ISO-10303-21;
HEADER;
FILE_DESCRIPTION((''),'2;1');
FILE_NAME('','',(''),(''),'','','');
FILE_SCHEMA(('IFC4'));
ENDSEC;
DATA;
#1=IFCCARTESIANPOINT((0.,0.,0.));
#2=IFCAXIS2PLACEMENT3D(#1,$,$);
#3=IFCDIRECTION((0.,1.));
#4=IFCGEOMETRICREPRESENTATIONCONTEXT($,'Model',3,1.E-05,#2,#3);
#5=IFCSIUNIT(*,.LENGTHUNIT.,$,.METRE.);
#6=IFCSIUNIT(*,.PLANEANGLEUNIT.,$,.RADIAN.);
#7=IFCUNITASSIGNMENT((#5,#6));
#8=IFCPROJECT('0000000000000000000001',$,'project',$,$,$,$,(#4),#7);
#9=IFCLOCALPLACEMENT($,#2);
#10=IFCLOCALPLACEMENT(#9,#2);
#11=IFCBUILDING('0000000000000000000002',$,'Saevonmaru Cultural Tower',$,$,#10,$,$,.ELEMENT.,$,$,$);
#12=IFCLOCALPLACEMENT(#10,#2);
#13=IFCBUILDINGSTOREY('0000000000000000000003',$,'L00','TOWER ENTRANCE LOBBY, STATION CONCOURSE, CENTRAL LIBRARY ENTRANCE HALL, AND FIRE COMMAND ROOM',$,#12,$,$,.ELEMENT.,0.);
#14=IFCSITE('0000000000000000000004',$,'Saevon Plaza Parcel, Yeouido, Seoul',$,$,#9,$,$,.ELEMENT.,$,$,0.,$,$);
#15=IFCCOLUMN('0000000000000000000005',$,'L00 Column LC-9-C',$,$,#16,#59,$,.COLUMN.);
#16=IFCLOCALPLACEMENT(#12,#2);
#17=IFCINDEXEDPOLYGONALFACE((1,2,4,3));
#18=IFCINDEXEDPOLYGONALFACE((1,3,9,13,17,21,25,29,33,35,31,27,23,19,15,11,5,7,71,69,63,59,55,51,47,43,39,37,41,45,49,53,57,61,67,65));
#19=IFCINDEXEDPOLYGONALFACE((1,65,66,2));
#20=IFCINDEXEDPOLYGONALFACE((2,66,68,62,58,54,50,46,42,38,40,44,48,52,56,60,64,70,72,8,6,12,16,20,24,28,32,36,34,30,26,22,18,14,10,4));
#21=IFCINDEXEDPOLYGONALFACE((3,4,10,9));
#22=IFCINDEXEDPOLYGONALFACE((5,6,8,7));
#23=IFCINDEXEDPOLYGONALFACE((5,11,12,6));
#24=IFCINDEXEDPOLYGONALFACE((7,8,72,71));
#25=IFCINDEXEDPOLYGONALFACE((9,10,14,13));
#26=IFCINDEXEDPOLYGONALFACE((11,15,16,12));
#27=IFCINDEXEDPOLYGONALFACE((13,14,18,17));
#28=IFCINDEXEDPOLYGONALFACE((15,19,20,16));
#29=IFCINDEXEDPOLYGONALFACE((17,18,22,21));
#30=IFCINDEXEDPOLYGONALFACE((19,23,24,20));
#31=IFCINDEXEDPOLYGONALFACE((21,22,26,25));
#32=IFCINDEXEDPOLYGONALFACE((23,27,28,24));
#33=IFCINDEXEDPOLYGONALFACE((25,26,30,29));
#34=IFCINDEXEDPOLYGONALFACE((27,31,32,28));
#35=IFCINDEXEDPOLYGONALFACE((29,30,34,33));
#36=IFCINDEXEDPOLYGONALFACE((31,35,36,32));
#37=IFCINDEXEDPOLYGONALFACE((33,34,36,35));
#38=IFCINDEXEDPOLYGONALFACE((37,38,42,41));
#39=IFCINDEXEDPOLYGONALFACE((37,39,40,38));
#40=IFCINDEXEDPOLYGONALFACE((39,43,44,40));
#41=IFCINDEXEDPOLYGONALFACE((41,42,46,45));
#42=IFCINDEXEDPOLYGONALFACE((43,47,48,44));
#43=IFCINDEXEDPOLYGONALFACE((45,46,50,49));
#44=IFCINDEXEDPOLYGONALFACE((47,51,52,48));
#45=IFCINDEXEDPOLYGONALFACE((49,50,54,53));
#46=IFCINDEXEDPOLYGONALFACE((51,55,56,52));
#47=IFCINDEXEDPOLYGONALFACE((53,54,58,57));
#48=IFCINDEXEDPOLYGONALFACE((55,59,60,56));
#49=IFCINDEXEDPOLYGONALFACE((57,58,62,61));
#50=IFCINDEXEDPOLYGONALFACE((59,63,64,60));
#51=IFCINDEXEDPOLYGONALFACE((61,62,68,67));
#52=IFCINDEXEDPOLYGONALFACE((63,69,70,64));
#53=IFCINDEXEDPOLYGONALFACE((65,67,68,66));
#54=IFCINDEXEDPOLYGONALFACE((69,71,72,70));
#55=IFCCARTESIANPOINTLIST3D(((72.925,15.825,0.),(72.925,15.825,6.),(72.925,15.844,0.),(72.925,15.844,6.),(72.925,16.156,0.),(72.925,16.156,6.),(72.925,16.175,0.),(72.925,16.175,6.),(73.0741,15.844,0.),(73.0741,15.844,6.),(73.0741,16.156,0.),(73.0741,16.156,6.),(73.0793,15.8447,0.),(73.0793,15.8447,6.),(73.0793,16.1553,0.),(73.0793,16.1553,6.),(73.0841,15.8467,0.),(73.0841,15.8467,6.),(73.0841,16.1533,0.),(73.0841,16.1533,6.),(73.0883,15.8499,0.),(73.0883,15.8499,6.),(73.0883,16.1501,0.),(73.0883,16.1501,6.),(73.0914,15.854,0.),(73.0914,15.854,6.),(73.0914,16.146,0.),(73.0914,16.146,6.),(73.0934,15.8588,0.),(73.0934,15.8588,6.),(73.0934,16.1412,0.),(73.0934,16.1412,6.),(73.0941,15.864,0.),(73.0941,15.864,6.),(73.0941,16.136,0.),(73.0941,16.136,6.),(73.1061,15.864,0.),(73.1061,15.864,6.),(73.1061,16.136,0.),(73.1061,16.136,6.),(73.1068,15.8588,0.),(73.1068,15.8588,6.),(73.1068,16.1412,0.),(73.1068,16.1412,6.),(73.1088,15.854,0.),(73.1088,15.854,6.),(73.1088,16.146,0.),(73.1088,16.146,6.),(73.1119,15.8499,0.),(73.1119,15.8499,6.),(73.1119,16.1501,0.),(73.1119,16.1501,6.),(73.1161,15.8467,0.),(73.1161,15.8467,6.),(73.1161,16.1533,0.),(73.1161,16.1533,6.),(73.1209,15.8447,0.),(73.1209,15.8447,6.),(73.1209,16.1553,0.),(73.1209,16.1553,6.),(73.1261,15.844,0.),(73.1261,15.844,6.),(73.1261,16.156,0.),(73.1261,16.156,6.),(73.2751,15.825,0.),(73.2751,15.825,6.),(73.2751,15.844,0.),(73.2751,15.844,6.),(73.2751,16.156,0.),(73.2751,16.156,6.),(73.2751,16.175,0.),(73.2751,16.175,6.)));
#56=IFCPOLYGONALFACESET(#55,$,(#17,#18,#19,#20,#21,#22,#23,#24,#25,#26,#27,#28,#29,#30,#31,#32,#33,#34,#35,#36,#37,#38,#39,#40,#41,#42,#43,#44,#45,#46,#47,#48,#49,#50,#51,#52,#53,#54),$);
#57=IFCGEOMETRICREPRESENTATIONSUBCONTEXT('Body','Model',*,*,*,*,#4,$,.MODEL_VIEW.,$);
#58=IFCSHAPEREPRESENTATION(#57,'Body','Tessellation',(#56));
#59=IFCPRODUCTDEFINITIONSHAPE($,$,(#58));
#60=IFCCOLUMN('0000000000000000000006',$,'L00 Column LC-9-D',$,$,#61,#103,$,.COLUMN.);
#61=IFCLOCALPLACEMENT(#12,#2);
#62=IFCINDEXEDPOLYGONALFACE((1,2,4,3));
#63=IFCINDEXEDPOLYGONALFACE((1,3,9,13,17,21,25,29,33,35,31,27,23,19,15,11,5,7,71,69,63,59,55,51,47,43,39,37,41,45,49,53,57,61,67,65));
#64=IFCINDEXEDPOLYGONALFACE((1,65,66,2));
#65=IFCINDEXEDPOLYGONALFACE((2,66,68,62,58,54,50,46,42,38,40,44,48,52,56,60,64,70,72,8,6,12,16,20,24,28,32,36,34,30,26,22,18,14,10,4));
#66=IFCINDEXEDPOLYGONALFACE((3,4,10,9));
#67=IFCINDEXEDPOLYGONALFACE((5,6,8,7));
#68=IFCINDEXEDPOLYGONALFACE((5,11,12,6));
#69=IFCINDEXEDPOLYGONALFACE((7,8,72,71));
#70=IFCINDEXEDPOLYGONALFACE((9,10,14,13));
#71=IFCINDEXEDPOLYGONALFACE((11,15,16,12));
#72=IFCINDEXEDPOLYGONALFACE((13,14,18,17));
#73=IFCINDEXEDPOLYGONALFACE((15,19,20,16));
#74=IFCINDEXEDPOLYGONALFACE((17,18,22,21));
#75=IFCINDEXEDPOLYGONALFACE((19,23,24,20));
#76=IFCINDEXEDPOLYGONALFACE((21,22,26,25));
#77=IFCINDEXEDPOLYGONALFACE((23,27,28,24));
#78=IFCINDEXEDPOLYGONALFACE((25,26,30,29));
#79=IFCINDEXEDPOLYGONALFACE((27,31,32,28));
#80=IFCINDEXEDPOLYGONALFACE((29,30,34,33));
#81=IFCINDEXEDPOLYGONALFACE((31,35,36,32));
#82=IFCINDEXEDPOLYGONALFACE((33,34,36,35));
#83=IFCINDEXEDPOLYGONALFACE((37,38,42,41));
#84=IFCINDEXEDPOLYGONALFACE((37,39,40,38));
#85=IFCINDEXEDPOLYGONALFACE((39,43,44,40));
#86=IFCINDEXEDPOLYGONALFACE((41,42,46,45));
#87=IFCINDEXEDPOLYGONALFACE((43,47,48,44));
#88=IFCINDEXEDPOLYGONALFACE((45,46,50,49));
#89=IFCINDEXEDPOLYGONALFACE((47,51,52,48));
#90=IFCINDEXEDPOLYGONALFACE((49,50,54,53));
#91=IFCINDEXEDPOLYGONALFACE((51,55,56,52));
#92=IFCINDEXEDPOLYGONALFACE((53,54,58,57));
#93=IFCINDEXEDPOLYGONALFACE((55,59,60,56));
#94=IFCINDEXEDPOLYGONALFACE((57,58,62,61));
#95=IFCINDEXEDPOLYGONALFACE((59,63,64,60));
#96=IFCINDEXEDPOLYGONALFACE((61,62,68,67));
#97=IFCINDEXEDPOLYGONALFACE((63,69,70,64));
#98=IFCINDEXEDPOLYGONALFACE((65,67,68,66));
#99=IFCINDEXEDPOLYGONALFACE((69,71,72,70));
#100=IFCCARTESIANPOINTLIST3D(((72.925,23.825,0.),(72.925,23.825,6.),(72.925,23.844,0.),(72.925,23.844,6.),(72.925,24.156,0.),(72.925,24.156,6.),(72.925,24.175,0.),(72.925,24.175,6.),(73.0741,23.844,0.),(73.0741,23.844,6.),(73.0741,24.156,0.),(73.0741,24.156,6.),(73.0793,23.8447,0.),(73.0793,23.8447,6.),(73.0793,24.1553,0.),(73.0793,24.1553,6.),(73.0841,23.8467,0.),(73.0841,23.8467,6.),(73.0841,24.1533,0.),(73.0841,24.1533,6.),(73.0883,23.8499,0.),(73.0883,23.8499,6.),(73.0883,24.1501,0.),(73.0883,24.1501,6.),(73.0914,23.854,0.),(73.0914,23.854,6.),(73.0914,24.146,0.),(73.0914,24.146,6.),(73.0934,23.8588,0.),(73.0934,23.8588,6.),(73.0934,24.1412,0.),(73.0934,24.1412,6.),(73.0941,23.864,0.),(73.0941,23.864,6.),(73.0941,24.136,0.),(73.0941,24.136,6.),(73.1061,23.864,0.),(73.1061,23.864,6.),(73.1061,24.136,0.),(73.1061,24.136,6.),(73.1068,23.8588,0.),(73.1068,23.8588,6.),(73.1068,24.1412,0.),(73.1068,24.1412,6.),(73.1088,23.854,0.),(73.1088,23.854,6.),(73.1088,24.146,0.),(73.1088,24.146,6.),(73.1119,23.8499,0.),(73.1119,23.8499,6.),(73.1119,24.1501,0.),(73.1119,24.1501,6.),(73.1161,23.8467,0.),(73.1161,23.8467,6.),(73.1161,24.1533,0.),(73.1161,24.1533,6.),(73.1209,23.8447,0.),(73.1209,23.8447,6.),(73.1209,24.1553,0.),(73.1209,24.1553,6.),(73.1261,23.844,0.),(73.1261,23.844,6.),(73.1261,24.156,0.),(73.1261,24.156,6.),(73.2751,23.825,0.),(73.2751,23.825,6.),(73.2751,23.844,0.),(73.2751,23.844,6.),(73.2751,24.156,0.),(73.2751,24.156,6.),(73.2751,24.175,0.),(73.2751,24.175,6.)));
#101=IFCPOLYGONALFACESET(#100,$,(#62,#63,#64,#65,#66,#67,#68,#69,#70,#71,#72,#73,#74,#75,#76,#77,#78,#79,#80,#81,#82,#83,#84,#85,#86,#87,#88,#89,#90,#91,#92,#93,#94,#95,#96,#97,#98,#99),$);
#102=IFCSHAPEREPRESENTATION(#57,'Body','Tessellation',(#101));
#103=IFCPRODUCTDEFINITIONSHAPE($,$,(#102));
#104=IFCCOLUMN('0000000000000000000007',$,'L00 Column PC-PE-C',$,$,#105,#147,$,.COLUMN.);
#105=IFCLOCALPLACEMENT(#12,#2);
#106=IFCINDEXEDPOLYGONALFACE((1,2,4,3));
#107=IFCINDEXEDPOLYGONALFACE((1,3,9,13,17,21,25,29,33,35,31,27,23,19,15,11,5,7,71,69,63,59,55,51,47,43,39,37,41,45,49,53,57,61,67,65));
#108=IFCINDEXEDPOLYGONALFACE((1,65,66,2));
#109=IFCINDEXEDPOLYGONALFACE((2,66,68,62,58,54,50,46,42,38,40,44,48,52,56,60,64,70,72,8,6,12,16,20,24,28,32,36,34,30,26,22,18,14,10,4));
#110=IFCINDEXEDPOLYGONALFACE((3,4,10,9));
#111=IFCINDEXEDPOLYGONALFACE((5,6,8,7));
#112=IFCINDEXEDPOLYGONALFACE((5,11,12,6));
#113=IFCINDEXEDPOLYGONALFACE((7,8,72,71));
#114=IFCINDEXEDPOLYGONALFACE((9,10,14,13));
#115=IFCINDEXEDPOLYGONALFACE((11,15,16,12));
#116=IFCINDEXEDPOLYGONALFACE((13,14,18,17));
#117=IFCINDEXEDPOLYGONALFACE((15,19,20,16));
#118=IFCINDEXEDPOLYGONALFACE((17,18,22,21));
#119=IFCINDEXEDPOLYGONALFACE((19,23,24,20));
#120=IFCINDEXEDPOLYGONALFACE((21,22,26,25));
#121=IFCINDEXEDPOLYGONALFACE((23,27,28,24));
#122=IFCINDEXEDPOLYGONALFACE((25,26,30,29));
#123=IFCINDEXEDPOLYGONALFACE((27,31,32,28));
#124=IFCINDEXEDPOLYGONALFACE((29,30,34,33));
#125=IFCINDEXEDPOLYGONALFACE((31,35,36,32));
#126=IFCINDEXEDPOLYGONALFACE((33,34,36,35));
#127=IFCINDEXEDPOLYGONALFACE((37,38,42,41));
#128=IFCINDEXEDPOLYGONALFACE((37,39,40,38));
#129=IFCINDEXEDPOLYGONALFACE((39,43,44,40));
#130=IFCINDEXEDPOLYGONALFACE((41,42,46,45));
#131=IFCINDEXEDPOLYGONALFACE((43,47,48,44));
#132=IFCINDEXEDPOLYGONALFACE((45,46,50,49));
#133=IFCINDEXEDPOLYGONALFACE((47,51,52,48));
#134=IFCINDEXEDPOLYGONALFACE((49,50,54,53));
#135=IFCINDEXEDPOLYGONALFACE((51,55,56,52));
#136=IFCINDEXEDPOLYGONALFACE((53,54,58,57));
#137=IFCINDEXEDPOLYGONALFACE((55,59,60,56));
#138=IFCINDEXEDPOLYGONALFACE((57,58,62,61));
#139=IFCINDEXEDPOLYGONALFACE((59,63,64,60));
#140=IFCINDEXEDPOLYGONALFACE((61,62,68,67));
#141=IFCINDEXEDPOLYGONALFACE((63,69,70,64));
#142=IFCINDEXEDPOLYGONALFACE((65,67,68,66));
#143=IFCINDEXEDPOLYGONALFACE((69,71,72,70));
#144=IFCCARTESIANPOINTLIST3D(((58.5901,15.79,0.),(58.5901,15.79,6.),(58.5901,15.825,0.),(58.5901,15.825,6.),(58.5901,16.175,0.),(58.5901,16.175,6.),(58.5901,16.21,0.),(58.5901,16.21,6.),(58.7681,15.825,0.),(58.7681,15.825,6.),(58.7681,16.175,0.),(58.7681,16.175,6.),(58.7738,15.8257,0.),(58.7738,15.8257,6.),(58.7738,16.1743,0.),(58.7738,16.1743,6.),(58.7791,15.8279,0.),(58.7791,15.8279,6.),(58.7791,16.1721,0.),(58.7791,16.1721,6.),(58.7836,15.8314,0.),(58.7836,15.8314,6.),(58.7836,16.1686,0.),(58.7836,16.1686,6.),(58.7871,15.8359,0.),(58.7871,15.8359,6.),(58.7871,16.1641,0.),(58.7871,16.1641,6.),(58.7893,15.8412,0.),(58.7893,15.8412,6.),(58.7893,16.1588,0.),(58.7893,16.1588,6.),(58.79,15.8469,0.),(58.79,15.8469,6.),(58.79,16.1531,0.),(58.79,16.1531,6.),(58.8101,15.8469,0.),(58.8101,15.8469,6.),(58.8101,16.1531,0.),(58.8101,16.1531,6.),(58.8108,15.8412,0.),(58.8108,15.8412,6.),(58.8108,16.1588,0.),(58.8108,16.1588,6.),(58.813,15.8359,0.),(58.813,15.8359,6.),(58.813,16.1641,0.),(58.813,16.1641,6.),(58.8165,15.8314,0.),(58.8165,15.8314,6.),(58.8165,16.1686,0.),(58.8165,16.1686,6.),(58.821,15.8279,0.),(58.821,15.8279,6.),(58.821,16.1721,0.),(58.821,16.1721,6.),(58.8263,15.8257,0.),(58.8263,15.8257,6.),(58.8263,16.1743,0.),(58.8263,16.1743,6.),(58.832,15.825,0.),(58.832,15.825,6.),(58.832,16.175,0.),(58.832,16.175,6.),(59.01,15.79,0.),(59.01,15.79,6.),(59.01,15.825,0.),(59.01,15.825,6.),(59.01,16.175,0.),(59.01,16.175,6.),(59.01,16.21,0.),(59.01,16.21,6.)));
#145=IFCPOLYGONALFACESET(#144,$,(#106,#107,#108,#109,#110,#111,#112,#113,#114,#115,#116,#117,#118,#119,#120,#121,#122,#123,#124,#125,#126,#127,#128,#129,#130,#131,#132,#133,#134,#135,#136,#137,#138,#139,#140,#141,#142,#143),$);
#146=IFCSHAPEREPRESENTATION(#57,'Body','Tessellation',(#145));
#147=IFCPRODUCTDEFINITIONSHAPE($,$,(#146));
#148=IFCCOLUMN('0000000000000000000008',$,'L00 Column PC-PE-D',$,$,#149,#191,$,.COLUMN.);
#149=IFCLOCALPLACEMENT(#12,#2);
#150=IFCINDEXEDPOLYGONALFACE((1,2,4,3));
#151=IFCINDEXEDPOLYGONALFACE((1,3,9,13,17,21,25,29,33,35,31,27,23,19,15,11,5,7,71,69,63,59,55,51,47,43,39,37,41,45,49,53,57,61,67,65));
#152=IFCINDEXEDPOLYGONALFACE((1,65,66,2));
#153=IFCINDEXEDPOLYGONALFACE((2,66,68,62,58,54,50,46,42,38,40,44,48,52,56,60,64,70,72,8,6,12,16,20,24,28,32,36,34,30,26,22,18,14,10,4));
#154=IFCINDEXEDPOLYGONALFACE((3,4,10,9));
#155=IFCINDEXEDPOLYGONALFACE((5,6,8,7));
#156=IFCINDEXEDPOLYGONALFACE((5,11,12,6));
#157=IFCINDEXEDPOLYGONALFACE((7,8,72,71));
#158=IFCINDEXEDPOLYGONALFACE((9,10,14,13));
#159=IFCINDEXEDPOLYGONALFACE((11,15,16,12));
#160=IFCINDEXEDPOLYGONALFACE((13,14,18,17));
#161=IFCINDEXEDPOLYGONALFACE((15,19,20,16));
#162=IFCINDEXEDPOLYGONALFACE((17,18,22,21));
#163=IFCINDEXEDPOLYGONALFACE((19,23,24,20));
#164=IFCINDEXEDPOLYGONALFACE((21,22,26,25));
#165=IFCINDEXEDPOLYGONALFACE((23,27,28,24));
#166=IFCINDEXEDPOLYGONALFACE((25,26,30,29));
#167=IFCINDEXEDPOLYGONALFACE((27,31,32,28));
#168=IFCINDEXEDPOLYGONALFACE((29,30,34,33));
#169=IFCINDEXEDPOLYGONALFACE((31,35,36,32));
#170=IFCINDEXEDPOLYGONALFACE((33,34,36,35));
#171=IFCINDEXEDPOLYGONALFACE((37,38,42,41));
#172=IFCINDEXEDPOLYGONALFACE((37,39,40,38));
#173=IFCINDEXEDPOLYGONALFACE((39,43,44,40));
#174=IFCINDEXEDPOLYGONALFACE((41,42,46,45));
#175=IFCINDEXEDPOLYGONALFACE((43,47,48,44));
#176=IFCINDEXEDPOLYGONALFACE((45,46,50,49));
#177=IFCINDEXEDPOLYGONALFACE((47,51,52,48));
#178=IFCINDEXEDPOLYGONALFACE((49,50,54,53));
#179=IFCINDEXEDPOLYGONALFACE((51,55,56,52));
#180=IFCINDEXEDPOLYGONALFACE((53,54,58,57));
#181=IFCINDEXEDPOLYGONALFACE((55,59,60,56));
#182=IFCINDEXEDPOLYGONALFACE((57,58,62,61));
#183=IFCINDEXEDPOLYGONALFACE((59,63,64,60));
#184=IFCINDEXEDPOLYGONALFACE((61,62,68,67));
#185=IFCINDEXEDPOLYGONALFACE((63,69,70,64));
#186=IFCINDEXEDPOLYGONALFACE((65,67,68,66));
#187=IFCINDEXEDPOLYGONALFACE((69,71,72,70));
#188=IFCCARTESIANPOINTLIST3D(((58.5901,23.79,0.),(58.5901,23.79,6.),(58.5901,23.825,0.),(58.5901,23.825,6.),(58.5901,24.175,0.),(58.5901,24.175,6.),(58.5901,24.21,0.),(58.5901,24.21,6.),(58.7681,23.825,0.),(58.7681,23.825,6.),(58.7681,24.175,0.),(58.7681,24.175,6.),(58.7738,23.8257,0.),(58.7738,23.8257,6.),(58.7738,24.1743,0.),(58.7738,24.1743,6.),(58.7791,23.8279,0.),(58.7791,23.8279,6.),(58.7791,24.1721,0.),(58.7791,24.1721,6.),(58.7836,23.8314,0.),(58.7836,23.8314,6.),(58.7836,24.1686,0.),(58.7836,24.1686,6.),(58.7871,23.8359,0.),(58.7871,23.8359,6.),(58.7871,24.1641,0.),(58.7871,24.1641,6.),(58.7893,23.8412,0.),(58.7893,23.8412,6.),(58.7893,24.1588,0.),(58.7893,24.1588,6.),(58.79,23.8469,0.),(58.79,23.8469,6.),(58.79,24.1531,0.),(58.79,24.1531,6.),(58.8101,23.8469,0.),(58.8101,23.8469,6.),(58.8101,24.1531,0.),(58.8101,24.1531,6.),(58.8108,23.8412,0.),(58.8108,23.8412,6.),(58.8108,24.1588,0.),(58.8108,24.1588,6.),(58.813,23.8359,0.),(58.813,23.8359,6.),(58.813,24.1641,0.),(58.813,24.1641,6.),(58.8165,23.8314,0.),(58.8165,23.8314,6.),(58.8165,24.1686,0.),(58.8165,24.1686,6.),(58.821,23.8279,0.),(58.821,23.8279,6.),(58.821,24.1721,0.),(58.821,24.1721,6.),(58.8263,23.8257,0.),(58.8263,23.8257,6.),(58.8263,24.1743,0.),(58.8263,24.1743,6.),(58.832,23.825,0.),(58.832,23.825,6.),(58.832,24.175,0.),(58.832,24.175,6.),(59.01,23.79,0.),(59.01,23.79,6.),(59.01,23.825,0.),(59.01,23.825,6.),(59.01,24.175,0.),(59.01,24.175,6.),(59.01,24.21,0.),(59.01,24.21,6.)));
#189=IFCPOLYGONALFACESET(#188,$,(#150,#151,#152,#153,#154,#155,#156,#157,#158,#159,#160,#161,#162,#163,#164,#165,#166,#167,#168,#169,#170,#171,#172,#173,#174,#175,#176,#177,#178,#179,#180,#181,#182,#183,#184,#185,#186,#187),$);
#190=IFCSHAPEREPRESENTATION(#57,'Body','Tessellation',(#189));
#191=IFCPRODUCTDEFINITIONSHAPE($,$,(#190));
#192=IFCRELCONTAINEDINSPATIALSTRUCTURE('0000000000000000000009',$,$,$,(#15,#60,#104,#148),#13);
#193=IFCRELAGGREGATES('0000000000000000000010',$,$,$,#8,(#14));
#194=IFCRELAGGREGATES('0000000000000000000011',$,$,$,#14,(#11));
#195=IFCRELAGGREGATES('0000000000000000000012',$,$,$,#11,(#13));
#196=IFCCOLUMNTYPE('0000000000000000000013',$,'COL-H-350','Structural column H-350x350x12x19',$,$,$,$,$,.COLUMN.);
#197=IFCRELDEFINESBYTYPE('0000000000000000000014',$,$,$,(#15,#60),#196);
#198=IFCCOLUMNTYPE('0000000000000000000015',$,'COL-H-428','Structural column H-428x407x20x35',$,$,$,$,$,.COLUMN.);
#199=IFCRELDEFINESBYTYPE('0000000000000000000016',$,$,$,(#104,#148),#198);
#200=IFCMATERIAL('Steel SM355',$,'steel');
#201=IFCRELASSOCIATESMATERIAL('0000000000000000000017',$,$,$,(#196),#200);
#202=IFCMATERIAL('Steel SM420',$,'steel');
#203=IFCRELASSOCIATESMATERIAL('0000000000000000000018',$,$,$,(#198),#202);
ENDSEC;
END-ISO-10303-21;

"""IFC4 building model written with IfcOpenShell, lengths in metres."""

from ifc_helpers import new_model, si_unit, direction, frame, origin, origin_2d, place, context, subcontext, project, spatial, i_section, extrude, material, material_profile, profile_set, type_object, element, save


model = new_model("IFC4")

# Units and contexts
model_context = context("Model", 3, precision=1e-05, world=origin(), true_north=direction((0.0, 1.0)))
body_context = subcontext(model_context, "Body", "Model", "MODEL_VIEW")
ifc_project = project(units=[si_unit("LENGTHUNIT", "METRE"), si_unit("PLANEANGLEUNIT", "RADIAN")], contexts=[model_context])

# Site, building, storey
site_placement = place(None, origin())
site = spatial("IfcSite", under=ifc_project, at=site_placement, Name="Saevon Plaza Parcel, Yeouido, Seoul", CompositionType="ELEMENT", RefElevation=0.0)
building_placement = place(site_placement, origin())
building = spatial("IfcBuilding", under=site, at=building_placement, Name="Saevonmaru Cultural Tower", CompositionType="ELEMENT")
storey_placement = place(building_placement, origin())
storey = spatial("IfcBuildingStorey", under=building, at=storey_placement, Name="L00", Description="TOWER ENTRANCE LOBBY, STATION CONCOURSE, CENTRAL LIBRARY ENTRANCE HALL, AND FIRE COMMAND ROOM", CompositionType="ELEMENT", Elevation=0.0)

# Columns
ifc_material_1 = material(Name="Steel SM355", Category="steel")
ifc_material_profile_1 = material_profile(ifc_material_1, i_section(OverallWidth=0.3501, OverallDepth=0.3501, WebThickness=0.012, FlangeThickness=0.019, FilletRadius=0.02, at=origin_2d()), Name="H-350x350x12x19")
ifc_profile_set_1 = profile_set([ifc_material_profile_1], Name="Steel SM355")
column_type_1 = type_object("IfcColumnType", Name="COL-H-350", Description="Structural column H-350x350x12x19", PredefinedType="COLUMN", material=ifc_profile_set_1)
for number, where, z_axis, x_axis, name in (
    (1, (73.1001, 16.0, 0.0), (0.0, 0.0, 1.0), (1.0, 0.0, 0.0), "L00 Column LC-9-C"),
    (2, (73.1001, 24.0, 0.0), (0.0, 0.0, 1.0), (1.0, 0.0, 0.0), "L00 Column LC-9-D"),
):
    element("IfcColumn", number, at=place(storey_placement, frame(where, z_axis=z_axis, x_axis=x_axis)), inside=storey, type_object=column_type_1, Name=name, PredefinedType="COLUMN", context=body_context, shape_type="SweptSolid", body=[
        extrude(i_section(OverallWidth=0.3501, OverallDepth=0.3501, WebThickness=0.012, FlangeThickness=0.019, FilletRadius=0.02, at=origin_2d()), origin(), (0.0, 0.0, 1.0), 6.0),
    ])
ifc_material_2 = material(Name="Steel SM420", Category="steel")
ifc_material_profile_2 = material_profile(ifc_material_2, i_section(OverallWidth=0.4199, OverallDepth=0.4199, WebThickness=0.02, FlangeThickness=0.0349, FilletRadius=0.022, at=origin_2d()), Name="H-428x407x20x35")
ifc_profile_set_2 = profile_set([ifc_material_profile_2], Name="Steel SM420")
column_type_2 = type_object("IfcColumnType", Name="COL-H-428", Description="Structural column H-428x407x20x35", PredefinedType="COLUMN", material=ifc_profile_set_2)
for number, where, z_axis, x_axis, name in (
    (3, (58.8, 16.0, 0.0), (0.0, 0.0, 1.0), (1.0, 0.0, 0.0), "L00 Column PC-PE-C"),
    (4, (58.8, 24.0, 0.0), (0.0, 0.0, 1.0), (1.0, 0.0, 0.0), "L00 Column PC-PE-D"),
):
    element("IfcColumn", number, at=place(storey_placement, frame(where, z_axis=z_axis, x_axis=x_axis)), inside=storey, type_object=column_type_2, Name=name, PredefinedType="COLUMN", context=body_context, shape_type="SweptSolid", body=[
        extrude(i_section(OverallWidth=0.4199, OverallDepth=0.4199, WebThickness=0.02, FlangeThickness=0.0349, FilletRadius=0.022, at=origin_2d()), origin(), (0.0, 0.0, 1.0), 6.0),
    ])

save(model, "model.ifc")
